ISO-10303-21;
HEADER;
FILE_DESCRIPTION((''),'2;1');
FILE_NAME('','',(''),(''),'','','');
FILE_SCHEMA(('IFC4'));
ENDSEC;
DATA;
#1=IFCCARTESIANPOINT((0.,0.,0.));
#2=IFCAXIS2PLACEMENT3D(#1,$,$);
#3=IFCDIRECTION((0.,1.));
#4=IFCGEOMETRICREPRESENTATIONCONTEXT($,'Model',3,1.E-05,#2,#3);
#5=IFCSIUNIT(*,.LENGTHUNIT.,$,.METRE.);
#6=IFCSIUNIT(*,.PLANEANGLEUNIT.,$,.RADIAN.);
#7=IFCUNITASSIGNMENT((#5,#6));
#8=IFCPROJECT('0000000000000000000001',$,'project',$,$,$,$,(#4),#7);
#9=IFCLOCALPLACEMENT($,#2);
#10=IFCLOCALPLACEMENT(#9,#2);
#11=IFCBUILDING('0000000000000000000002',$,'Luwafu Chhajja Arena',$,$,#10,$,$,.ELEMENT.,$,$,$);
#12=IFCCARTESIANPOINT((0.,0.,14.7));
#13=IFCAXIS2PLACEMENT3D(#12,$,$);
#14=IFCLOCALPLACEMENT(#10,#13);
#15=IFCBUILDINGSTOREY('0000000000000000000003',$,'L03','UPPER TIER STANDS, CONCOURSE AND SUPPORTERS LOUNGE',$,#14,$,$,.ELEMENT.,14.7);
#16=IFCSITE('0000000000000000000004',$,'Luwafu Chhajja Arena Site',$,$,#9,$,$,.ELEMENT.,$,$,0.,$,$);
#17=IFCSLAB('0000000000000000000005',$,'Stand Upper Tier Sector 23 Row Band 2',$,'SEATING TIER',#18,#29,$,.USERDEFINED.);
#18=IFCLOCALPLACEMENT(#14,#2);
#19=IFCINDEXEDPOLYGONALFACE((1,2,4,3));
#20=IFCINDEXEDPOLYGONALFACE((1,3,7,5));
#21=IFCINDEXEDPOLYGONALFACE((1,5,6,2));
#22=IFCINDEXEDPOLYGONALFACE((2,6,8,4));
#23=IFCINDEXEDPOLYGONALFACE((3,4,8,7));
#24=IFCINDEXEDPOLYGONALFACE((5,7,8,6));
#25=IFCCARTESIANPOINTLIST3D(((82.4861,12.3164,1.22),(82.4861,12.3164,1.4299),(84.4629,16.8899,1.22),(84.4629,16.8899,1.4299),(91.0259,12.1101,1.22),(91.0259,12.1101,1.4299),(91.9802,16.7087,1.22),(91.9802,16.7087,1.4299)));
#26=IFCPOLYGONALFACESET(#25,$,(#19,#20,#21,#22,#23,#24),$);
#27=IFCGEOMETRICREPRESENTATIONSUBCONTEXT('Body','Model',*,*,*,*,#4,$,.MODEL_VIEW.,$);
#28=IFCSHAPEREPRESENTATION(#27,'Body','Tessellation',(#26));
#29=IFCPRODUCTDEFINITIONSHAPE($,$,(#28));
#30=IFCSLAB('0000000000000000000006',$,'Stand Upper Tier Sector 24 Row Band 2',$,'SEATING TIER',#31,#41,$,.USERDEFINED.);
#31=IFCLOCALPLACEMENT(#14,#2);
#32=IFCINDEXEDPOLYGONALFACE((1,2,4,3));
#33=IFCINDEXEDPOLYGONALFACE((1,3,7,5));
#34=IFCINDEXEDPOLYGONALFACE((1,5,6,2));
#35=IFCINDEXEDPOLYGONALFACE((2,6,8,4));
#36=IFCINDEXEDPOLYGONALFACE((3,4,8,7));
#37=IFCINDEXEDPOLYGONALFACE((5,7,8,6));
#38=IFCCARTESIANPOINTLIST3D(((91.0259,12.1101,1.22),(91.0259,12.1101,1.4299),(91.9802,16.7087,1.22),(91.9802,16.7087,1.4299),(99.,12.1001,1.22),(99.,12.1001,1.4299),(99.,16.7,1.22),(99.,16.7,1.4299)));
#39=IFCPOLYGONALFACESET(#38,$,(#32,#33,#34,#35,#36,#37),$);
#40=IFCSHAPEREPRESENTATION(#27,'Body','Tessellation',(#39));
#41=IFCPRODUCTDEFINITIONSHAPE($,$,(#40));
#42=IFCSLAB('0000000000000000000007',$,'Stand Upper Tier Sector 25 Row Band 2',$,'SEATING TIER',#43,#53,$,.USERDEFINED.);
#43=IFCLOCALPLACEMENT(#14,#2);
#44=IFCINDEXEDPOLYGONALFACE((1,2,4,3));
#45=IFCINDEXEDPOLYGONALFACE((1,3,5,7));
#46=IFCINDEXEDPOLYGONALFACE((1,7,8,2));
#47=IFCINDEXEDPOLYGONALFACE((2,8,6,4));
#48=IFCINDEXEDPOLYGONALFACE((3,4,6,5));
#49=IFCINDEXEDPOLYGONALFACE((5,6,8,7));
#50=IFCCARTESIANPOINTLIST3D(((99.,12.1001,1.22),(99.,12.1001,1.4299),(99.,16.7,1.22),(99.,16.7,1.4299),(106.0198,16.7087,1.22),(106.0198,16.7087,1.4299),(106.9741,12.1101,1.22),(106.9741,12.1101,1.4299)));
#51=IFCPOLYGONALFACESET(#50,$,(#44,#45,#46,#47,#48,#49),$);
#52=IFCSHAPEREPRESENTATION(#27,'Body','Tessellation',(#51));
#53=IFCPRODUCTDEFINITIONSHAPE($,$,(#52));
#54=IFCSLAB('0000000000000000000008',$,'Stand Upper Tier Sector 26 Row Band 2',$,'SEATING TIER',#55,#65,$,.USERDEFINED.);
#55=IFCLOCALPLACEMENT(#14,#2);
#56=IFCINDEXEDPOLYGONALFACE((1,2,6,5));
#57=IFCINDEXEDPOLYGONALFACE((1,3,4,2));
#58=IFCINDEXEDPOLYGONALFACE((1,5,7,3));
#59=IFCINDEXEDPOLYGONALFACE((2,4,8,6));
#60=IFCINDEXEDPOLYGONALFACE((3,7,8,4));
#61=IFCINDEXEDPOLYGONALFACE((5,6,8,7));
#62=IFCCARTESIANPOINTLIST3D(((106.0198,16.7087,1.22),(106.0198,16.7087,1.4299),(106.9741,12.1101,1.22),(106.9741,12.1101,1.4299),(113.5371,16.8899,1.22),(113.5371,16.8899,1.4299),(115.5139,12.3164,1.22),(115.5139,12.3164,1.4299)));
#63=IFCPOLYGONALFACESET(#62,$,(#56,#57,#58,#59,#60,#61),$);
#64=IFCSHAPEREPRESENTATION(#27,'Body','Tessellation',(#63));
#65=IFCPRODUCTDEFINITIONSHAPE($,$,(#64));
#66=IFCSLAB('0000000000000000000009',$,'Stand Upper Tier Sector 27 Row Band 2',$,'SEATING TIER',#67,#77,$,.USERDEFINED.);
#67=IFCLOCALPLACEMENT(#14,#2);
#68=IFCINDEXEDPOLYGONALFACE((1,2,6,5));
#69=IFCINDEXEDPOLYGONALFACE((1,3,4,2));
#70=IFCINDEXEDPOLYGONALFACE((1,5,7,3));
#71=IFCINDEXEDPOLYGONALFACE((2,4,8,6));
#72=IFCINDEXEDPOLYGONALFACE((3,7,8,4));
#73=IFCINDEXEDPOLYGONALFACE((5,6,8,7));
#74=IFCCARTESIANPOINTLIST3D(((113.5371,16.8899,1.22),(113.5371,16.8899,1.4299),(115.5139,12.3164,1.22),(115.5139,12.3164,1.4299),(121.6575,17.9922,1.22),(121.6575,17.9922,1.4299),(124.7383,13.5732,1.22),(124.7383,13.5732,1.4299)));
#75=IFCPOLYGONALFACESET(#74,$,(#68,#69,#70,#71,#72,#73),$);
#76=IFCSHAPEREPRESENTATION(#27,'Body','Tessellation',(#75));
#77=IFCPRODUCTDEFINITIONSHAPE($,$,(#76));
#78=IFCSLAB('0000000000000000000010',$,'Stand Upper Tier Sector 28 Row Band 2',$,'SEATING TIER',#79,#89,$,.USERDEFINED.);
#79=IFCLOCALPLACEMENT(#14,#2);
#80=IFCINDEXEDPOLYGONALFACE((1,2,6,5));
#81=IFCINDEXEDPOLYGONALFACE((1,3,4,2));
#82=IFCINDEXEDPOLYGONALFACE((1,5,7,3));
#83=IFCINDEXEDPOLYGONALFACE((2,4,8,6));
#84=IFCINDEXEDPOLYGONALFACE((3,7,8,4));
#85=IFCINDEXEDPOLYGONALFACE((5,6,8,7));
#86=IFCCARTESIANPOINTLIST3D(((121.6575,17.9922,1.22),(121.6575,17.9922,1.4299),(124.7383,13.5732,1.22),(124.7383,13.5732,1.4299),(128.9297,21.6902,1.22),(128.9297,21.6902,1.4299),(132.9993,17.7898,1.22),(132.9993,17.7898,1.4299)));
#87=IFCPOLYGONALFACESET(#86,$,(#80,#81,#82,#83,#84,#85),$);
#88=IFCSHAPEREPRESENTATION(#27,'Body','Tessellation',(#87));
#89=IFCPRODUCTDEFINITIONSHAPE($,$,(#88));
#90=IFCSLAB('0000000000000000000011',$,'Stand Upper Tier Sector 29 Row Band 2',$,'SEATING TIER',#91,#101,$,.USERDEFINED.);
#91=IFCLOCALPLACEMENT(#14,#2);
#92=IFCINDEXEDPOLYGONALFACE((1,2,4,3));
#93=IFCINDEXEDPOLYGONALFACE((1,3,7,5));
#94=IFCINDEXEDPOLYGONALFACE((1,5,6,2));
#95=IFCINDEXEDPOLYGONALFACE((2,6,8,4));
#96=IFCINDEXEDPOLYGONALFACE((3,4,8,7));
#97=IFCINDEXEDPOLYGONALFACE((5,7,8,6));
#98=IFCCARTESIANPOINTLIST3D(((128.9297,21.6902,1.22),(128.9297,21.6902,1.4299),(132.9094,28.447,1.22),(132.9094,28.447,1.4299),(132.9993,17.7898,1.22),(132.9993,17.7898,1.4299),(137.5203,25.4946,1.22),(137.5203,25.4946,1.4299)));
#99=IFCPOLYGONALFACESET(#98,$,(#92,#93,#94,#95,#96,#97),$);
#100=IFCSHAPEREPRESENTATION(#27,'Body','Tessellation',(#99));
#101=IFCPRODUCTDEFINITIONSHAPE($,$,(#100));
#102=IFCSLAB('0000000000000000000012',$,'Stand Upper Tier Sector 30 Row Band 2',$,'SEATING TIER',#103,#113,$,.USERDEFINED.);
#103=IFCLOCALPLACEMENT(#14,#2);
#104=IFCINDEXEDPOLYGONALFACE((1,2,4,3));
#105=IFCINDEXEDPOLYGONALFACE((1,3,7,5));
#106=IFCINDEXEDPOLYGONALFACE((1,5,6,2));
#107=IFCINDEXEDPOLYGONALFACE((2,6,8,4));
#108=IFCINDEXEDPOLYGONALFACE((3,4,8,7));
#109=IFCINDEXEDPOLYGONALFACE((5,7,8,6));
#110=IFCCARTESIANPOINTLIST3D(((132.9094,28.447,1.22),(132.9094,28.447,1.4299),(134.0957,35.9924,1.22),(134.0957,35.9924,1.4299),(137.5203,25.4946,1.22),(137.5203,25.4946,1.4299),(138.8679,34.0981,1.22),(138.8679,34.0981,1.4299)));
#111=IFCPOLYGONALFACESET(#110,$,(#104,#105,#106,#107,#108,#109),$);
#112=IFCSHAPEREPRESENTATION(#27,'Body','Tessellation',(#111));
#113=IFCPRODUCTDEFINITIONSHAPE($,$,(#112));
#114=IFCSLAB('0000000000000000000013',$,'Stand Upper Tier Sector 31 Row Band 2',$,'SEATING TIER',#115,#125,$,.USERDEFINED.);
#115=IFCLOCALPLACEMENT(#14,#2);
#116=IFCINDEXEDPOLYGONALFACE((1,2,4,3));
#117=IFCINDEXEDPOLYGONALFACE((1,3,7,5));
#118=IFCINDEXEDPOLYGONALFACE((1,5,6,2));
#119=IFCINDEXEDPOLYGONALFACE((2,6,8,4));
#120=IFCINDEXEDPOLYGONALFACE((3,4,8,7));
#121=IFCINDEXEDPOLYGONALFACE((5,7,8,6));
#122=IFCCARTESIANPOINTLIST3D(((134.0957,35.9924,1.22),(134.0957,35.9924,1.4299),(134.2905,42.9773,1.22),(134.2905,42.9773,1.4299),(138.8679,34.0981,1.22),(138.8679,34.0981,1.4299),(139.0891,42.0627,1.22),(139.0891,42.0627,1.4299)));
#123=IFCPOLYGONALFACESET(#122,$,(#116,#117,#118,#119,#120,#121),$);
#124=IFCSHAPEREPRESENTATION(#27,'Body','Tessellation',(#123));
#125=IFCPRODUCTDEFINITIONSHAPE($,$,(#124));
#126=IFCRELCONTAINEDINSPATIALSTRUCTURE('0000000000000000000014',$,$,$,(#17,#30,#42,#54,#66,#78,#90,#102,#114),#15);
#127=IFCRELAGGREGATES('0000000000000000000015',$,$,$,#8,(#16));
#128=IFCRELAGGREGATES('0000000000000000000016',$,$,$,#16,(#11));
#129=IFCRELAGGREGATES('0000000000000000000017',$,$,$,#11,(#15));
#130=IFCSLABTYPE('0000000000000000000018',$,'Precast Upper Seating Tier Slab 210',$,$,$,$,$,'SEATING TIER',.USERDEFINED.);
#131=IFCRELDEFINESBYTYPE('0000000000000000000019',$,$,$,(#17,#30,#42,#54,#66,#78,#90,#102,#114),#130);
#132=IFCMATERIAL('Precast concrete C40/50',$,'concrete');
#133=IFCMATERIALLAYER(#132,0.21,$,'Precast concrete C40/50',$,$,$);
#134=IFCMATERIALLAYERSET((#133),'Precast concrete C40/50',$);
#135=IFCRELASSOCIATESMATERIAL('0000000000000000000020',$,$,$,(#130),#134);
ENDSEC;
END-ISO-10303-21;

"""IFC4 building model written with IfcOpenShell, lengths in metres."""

from ifc_helpers import new_model, si_unit, direction, frame, origin, place, context, subcontext, project, spatial, polyline, outline, extrude, material, layer, layer_set, type_object, element, save


model = new_model("IFC4")

# Units and contexts
model_context = context("Model", 3, precision=1e-05, world=origin(), true_north=direction((0.0, 1.0)))
body_context = subcontext(model_context, "Body", "Model", "MODEL_VIEW")
ifc_project = project(units=[si_unit("LENGTHUNIT", "METRE"), si_unit("PLANEANGLEUNIT", "RADIAN")], contexts=[model_context])

# Site, building, storey
site_placement = place(None, origin())
site = spatial("IfcSite", under=ifc_project, at=site_placement, Name="Luwafu Chhajja Arena Site", CompositionType="ELEMENT", RefElevation=0.0)
building_placement = place(site_placement, origin())
building = spatial("IfcBuilding", under=site, at=building_placement, Name="Luwafu Chhajja Arena", CompositionType="ELEMENT")
storey_placement = place(building_placement, frame((0.0, 0.0, 14.7)))
storey = spatial("IfcBuildingStorey", under=building, at=storey_placement, Name="L03", Description="UPPER TIER STANDS, CONCOURSE AND SUPPORTERS LOUNGE", CompositionType="ELEMENT", Elevation=14.7)

# Slabs
ifc_material = material(Name="Precast concrete C40/50", Category="concrete")
ifc_layer = layer(ifc_material, 0.21, Name="Precast concrete C40/50")
ifc_layer_set = layer_set([ifc_layer], Name="Precast concrete C40/50")
slab_type = type_object("IfcSlabType", Name="Precast Upper Seating Tier Slab 210", ElementType="SEATING TIER", PredefinedType="USERDEFINED", material=ifc_layer_set)
slab_1_placement = place(storey_placement, frame((0.0, 0.0, 1.22)))
element("IfcSlab", 1, at=slab_1_placement, inside=storey, type_object=slab_type, Name="Stand Upper Tier Sector 23 Row Band 2", ObjectType="SEATING TIER", PredefinedType="USERDEFINED", context=body_context, shape_type="SweptSolid", body=[
    extrude(outline(polyline([(84.4629, 16.8899), (91.9802, 16.7087), (91.0259, 12.1101), (82.4861, 12.3164), (84.4629, 16.8899)])), origin(), (0.0, 0.0, 1.0), 0.21),
])
slab_2_placement = place(storey_placement, frame((0.0, 0.0, 1.22)))
element("IfcSlab", 2, at=slab_2_placement, inside=storey, type_object=slab_type, Name="Stand Upper Tier Sector 24 Row Band 2", ObjectType="SEATING TIER", PredefinedType="USERDEFINED", context=body_context, shape_type="SweptSolid", body=[
    extrude(outline(polyline([(91.9802, 16.7087), (99.0, 16.7), (99.0, 12.1001), (91.0259, 12.1101), (91.9802, 16.7087)])), origin(), (0.0, 0.0, 1.0), 0.21),
])
slab_3_placement = place(storey_placement, frame((0.0, 0.0, 1.22)))
element("IfcSlab", 3, at=slab_3_placement, inside=storey, type_object=slab_type, Name="Stand Upper Tier Sector 25 Row Band 2", ObjectType="SEATING TIER", PredefinedType="USERDEFINED", context=body_context, shape_type="SweptSolid", body=[
    extrude(outline(polyline([(99.0, 16.7), (106.0198, 16.7087), (106.9741, 12.1101), (99.0, 12.1001), (99.0, 16.7)])), origin(), (0.0, 0.0, 1.0), 0.21),
])
slab_4_placement = place(storey_placement, frame((0.0, 0.0, 1.22)))
element("IfcSlab", 4, at=slab_4_placement, inside=storey, type_object=slab_type, Name="Stand Upper Tier Sector 26 Row Band 2", ObjectType="SEATING TIER", PredefinedType="USERDEFINED", context=body_context, shape_type="SweptSolid", body=[
    extrude(outline(polyline([(106.0198, 16.7087), (113.5371, 16.8899), (115.5139, 12.3164), (106.9741, 12.1101), (106.0198, 16.7087)])), origin(), (0.0, 0.0, 1.0), 0.21),
])
slab_5_placement = place(storey_placement, frame((0.0, 0.0, 1.22)))
element("IfcSlab", 5, at=slab_5_placement, inside=storey, type_object=slab_type, Name="Stand Upper Tier Sector 27 Row Band 2", ObjectType="SEATING TIER", PredefinedType="USERDEFINED", context=body_context, shape_type="SweptSolid", body=[
    extrude(outline(polyline([(113.5371, 16.8899), (121.6575, 17.9922), (124.7383, 13.5732), (115.5139, 12.3164), (113.5371, 16.8899)])), origin(), (0.0, 0.0, 1.0), 0.21),
])
slab_6_placement = place(storey_placement, frame((0.0, 0.0, 1.22)))
element("IfcSlab", 6, at=slab_6_placement, inside=storey, type_object=slab_type, Name="Stand Upper Tier Sector 28 Row Band 2", ObjectType="SEATING TIER", PredefinedType="USERDEFINED", context=body_context, shape_type="SweptSolid", body=[
    extrude(outline(polyline([(121.6575, 17.9922), (128.9297, 21.6902), (132.9993, 17.7898), (124.7383, 13.5732), (121.6575, 17.9922)])), origin(), (0.0, 0.0, 1.0), 0.21),
])
slab_7_placement = place(storey_placement, frame((0.0, 0.0, 1.22)))
element("IfcSlab", 7, at=slab_7_placement, inside=storey, type_object=slab_type, Name="Stand Upper Tier Sector 29 Row Band 2", ObjectType="SEATING TIER", PredefinedType="USERDEFINED", context=body_context, shape_type="SweptSolid", body=[
    extrude(outline(polyline([(128.9297, 21.6902), (132.9094, 28.447), (137.5203, 25.4946), (132.9993, 17.7898), (128.9297, 21.6902)])), origin(), (0.0, 0.0, 1.0), 0.21),
])
slab_8_placement = place(storey_placement, frame((0.0, 0.0, 1.22)))
element("IfcSlab", 8, at=slab_8_placement, inside=storey, type_object=slab_type, Name="Stand Upper Tier Sector 30 Row Band 2", ObjectType="SEATING TIER", PredefinedType="USERDEFINED", context=body_context, shape_type="SweptSolid", body=[
    extrude(outline(polyline([(132.9094, 28.447), (134.0957, 35.9924), (138.8679, 34.0981), (137.5203, 25.4946), (132.9094, 28.447)])), origin(), (0.0, 0.0, 1.0), 0.21),
])
slab_9_placement = place(storey_placement, frame((0.0, 0.0, 1.22)))
element("IfcSlab", 9, at=slab_9_placement, inside=storey, type_object=slab_type, Name="Stand Upper Tier Sector 31 Row Band 2", ObjectType="SEATING TIER", PredefinedType="USERDEFINED", context=body_context, shape_type="SweptSolid", body=[
    extrude(outline(polyline([(134.0957, 35.9924), (134.2905, 42.9773), (139.0891, 42.0627), (138.8679, 34.0981), (134.0957, 35.9924)])), origin(), (0.0, 0.0, 1.0), 0.21),
])

save(model, "model.ifc")
